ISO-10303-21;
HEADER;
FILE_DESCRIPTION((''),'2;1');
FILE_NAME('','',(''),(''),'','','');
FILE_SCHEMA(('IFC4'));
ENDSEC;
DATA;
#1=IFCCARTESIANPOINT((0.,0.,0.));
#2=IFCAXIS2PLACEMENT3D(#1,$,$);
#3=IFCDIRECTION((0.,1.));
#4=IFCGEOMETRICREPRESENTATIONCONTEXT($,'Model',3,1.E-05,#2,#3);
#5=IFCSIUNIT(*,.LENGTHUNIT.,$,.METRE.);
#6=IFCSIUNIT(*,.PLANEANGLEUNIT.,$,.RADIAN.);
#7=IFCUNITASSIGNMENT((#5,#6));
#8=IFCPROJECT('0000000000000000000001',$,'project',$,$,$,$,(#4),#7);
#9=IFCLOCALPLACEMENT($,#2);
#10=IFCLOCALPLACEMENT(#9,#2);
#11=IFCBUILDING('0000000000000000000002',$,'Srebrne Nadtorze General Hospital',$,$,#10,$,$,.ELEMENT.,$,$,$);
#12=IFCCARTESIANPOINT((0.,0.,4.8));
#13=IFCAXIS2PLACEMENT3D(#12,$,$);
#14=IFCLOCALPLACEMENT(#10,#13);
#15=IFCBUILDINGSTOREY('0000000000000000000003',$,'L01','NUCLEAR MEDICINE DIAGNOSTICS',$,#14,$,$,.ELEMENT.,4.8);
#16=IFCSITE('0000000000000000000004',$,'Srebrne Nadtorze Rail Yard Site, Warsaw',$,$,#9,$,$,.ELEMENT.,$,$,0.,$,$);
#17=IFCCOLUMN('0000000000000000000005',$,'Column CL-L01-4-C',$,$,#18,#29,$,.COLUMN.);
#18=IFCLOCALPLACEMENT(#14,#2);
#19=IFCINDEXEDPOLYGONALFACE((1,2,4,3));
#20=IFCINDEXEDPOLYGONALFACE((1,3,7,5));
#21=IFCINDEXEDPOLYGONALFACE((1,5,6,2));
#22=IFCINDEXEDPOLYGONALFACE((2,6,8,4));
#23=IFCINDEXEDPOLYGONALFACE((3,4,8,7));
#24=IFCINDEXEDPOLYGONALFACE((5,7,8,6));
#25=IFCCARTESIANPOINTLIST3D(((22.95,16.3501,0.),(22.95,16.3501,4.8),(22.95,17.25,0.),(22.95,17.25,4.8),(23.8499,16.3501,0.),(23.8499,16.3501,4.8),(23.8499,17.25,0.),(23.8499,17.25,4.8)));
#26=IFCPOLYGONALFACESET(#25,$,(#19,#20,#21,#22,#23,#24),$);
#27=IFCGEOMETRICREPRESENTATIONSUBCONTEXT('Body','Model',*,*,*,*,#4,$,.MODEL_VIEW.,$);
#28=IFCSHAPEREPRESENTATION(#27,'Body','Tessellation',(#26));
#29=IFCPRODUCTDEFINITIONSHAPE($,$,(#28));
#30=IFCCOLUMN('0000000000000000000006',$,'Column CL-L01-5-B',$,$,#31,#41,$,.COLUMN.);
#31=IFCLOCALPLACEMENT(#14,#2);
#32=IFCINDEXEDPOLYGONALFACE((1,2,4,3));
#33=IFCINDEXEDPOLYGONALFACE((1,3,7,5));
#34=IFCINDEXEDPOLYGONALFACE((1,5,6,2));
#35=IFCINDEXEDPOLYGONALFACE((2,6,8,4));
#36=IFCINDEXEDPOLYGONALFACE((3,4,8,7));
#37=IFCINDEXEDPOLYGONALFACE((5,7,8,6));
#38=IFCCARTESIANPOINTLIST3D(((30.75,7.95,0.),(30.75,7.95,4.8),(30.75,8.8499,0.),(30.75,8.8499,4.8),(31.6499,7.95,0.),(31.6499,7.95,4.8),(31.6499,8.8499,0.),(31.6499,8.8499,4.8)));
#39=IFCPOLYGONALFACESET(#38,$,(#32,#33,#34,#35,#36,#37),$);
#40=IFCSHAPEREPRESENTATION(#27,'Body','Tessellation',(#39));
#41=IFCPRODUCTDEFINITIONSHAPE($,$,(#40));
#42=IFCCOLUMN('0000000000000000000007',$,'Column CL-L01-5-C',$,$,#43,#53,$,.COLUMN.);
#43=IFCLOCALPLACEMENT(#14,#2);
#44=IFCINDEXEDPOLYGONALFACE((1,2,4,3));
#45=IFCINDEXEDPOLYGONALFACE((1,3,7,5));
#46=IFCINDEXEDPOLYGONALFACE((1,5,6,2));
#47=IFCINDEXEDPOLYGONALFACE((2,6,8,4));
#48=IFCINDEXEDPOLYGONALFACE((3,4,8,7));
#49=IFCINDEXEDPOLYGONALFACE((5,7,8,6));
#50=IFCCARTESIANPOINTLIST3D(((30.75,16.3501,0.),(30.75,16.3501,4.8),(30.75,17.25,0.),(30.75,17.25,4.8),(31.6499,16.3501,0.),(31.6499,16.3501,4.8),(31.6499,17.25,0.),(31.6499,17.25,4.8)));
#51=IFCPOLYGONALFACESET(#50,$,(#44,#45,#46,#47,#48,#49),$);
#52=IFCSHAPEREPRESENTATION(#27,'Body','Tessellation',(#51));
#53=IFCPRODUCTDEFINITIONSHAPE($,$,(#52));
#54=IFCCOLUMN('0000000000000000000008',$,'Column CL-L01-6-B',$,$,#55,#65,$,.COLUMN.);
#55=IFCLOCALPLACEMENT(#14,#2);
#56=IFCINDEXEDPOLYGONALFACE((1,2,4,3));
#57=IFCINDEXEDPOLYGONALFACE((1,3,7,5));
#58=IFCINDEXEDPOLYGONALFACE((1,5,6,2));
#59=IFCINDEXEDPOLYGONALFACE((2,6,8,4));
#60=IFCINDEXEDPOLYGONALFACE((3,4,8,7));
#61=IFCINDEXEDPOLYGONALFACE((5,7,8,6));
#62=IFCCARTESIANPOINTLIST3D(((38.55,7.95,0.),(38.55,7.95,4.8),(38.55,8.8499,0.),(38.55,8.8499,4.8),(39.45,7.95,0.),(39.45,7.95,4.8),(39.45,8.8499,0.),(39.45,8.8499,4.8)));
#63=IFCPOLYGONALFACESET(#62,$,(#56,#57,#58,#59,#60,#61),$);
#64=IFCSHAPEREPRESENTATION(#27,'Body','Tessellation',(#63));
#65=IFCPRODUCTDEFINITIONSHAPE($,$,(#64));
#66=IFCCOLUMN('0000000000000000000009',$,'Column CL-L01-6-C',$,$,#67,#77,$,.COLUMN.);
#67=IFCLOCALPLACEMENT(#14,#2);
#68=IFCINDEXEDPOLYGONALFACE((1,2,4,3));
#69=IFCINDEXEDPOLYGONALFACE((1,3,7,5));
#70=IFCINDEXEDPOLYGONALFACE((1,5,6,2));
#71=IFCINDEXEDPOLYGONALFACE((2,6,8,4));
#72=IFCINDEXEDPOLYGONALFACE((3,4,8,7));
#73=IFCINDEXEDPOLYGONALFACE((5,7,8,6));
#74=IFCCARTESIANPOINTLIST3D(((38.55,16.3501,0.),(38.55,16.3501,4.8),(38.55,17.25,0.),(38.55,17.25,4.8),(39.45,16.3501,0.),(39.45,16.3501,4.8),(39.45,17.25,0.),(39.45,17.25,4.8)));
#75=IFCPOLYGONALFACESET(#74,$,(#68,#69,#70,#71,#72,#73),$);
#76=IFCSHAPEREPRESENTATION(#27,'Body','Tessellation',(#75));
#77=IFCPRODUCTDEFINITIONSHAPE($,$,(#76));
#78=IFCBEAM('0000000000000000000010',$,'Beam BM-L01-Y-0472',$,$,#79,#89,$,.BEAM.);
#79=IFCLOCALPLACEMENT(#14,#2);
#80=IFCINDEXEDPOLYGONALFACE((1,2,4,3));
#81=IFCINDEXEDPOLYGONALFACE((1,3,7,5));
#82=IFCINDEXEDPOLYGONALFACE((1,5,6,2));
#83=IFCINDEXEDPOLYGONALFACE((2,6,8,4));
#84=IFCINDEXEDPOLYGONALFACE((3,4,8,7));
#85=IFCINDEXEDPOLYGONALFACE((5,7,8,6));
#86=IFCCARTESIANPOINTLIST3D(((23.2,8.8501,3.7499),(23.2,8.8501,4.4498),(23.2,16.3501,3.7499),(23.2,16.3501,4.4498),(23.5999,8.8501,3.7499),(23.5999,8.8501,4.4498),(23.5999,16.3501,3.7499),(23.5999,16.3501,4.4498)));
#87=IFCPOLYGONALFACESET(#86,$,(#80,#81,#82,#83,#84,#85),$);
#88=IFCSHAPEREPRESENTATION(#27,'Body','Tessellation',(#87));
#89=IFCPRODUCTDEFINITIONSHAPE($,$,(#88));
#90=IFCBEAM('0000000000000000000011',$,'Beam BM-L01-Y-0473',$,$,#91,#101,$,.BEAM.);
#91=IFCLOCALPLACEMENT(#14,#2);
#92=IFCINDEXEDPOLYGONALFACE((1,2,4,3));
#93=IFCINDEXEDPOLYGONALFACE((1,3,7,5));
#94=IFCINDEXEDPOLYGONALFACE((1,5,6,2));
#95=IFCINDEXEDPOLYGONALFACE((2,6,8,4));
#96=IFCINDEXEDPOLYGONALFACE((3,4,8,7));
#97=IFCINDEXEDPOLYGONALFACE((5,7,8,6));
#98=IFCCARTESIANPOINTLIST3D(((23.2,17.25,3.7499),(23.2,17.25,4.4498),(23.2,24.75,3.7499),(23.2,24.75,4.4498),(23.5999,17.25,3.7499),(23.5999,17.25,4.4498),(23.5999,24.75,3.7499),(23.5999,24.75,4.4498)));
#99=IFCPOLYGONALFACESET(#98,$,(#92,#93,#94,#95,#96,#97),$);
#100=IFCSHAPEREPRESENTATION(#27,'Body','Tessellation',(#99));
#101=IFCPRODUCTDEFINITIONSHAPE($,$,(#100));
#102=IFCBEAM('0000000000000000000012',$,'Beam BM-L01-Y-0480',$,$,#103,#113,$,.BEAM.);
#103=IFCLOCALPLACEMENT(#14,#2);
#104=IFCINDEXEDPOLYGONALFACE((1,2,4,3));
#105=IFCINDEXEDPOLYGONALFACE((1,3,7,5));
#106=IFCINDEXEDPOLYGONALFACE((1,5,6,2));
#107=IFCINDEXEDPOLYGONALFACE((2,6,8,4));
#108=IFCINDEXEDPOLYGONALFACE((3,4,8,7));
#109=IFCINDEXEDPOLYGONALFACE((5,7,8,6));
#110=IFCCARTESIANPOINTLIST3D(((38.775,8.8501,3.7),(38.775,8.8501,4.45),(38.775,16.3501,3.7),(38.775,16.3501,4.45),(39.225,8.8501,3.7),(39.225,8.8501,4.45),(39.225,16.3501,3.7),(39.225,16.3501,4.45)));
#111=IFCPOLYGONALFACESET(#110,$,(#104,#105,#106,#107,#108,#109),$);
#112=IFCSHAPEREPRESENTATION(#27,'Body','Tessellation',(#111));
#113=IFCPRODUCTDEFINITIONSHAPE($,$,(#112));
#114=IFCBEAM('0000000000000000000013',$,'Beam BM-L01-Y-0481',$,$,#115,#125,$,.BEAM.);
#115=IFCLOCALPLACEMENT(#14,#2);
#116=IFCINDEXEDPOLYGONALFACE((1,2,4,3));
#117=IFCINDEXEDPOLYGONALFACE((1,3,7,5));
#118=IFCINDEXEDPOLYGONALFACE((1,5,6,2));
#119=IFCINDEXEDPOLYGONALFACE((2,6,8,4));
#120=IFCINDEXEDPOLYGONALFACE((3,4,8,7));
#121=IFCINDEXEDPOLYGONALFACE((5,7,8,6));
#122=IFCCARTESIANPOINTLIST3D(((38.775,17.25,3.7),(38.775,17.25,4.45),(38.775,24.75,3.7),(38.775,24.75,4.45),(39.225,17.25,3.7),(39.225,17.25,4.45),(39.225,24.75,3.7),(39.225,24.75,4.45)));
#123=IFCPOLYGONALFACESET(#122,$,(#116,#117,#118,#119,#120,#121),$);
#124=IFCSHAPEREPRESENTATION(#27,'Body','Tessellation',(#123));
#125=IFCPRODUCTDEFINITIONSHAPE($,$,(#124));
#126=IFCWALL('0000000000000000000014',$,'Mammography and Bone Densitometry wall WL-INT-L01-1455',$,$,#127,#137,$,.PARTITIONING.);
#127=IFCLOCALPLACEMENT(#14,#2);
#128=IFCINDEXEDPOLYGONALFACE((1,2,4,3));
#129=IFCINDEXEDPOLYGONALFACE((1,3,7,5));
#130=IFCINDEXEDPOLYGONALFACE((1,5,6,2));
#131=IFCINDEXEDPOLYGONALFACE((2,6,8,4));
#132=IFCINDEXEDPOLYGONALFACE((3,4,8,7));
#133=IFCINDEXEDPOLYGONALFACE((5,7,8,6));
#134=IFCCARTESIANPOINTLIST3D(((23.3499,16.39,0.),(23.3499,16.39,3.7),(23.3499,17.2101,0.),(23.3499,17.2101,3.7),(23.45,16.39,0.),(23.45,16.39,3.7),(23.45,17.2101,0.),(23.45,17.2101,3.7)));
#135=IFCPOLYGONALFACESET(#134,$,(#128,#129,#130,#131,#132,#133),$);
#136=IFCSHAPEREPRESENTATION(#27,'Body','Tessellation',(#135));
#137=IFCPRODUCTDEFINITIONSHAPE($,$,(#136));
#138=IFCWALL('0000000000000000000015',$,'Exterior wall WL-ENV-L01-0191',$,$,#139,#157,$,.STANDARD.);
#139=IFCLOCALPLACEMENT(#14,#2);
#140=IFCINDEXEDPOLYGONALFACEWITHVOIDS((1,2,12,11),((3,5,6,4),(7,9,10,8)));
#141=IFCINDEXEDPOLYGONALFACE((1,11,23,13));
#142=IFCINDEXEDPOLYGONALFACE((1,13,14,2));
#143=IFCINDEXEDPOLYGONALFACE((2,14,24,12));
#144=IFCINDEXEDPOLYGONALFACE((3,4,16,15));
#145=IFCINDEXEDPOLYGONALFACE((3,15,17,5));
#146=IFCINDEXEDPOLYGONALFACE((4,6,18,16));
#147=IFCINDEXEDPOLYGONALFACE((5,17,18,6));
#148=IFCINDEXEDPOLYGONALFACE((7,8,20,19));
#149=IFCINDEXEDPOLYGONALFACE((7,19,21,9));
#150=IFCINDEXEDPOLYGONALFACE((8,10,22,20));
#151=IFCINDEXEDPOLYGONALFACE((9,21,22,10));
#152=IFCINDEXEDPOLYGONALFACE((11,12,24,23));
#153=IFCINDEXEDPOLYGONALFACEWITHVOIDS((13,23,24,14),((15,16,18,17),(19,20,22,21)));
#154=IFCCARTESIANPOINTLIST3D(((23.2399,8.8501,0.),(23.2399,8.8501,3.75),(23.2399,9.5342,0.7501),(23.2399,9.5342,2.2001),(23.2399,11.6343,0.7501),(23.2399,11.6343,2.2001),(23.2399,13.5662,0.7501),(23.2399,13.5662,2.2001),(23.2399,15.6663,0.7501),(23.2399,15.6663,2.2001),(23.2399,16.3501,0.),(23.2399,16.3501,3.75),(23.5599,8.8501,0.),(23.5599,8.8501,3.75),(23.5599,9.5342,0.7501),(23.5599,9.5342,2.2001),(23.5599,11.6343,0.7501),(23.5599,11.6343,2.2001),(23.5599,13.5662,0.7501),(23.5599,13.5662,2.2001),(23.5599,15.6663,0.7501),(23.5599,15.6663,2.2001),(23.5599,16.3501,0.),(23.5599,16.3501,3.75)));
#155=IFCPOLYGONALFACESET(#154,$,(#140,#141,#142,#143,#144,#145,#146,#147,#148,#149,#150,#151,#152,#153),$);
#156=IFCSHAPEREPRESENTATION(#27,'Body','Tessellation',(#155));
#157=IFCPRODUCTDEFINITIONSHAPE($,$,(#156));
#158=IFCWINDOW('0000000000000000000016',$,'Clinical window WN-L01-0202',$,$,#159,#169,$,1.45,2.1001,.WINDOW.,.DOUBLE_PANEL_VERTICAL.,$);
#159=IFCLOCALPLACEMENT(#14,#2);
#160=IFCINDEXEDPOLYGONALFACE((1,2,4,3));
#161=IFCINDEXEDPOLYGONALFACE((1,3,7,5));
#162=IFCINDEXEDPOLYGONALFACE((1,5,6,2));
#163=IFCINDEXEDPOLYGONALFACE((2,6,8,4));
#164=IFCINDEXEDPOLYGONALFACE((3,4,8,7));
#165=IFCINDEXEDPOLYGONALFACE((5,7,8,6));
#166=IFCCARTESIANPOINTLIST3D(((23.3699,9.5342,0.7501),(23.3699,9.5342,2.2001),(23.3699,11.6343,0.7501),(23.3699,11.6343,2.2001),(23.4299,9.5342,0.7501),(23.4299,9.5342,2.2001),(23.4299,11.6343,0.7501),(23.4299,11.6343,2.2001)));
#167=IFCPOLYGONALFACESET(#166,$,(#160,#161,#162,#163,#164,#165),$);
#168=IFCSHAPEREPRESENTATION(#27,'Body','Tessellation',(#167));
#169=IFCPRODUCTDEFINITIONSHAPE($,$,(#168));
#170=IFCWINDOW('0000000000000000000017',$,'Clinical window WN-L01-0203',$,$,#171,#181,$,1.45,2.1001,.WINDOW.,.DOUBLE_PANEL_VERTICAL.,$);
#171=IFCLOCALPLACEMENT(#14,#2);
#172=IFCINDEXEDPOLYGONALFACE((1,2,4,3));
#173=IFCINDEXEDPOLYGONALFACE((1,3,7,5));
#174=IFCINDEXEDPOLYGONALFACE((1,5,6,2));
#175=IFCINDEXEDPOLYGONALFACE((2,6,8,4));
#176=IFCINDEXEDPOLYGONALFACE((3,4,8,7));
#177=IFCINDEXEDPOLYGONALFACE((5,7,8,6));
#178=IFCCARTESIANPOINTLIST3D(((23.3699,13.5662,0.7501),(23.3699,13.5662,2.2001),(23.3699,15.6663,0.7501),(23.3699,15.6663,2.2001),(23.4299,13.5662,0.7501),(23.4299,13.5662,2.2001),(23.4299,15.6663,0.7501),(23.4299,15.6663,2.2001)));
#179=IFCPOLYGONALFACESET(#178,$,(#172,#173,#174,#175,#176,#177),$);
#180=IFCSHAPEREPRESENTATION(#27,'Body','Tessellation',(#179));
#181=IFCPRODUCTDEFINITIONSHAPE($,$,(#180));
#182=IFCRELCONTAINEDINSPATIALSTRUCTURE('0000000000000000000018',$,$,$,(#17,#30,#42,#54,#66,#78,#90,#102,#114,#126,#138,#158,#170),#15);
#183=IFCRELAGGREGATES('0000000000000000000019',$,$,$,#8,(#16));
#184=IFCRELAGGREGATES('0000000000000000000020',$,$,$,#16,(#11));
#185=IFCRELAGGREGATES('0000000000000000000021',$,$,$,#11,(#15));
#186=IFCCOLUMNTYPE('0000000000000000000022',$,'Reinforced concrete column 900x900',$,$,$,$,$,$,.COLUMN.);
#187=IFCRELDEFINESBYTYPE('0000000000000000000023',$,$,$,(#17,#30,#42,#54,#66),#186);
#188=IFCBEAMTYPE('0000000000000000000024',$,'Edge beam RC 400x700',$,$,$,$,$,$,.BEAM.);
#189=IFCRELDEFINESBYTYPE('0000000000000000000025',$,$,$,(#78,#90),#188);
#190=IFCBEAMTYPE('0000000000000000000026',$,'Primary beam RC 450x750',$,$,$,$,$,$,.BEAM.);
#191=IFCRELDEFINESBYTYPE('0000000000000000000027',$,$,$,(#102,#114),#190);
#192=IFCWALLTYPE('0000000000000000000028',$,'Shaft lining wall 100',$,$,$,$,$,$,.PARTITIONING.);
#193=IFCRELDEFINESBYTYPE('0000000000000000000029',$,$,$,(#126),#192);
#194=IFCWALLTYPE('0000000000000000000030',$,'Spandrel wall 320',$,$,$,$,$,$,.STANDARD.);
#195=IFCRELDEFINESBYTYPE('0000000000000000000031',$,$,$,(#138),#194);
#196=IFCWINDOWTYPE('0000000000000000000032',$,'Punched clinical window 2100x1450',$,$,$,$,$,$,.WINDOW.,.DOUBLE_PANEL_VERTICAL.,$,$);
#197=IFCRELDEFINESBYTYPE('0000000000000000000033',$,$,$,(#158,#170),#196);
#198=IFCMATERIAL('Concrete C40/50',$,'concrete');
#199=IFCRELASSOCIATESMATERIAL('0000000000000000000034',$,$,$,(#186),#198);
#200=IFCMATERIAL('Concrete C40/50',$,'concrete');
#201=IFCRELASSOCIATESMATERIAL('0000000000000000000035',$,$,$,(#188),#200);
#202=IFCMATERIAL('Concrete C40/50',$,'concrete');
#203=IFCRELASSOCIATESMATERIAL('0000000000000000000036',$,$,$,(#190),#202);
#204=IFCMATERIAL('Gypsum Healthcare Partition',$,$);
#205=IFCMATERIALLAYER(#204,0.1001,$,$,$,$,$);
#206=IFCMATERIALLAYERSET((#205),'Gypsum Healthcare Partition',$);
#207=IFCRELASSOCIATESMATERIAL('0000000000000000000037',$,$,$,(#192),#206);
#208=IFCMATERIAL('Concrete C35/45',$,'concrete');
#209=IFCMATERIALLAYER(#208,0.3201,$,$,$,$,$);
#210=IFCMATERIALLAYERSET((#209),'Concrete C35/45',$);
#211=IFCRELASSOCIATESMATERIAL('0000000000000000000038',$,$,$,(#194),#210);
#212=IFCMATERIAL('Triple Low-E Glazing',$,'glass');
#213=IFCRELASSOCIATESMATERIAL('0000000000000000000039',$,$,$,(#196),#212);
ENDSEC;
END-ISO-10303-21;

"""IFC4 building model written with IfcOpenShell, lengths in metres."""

from ifc_helpers import new_model, si_unit, direction, frame, frame_2d, origin, origin_2d, place, context, subcontext, project, spatial, rectangle, extrude, material, layer, layer_set, material_profile, profile_set, type_object, element, fill, save


model = new_model("IFC4")

# Units and contexts
model_context = context("Model", 3, precision=1e-05, world=origin(), true_north=direction((0.0, 1.0)))
body_context = subcontext(model_context, "Body", "Model", "MODEL_VIEW")
ifc_project = project(units=[si_unit("LENGTHUNIT", "METRE"), si_unit("PLANEANGLEUNIT", "RADIAN")], contexts=[model_context])

# Site, building, storey
site_placement = place(None, origin())
site = spatial("IfcSite", under=ifc_project, at=site_placement, Name="Srebrne Nadtorze Rail Yard Site, Warsaw", CompositionType="ELEMENT", RefElevation=0.0)
building_placement = place(site_placement, origin())
building = spatial("IfcBuilding", under=site, at=building_placement, Name="Srebrne Nadtorze General Hospital", CompositionType="ELEMENT")
storey_placement = place(building_placement, frame((0.0, 0.0, 4.8)))
storey = spatial("IfcBuildingStorey", under=building, at=storey_placement, Name="L01", Description="NUCLEAR MEDICINE DIAGNOSTICS", CompositionType="ELEMENT", Elevation=4.8)

# Columns
ifc_material_1 = material(Name="Concrete C40/50", Category="concrete")
ifc_material_profile_1 = material_profile(ifc_material_1, rectangle(XDim=0.8999, YDim=0.8999, at=origin_2d()), Name="RC-COL-900x900")
ifc_profile_set_1 = profile_set([ifc_material_profile_1], Name="Concrete C40/50")
column_type = type_object("IfcColumnType", Name="Reinforced concrete column 900x900", PredefinedType="COLUMN", material=ifc_profile_set_1)
for number, where, z_axis, x_axis, name in (
    (1, (23.3999, 16.8, 0.0), (0.0, 0.0, 1.0), (1.0, 0.0, 0.0), "Column CL-L01-4-C"),
    (2, (31.2, 8.3999, 0.0), (0.0, 0.0, 1.0), (1.0, 0.0, 0.0), "Column CL-L01-5-B"),
    (3, (31.2, 16.8, 0.0), (0.0, 0.0, 1.0), (1.0, 0.0, 0.0), "Column CL-L01-5-C"),
    (4, (39.0, 8.3999, 0.0), (0.0, 0.0, 1.0), (1.0, 0.0, 0.0), "Column CL-L01-6-B"),
    (5, (39.0, 16.8, 0.0), (0.0, 0.0, 1.0), (1.0, 0.0, 0.0), "Column CL-L01-6-C"),
):
    element("IfcColumn", number, at=place(storey_placement, frame(where, z_axis=z_axis, x_axis=x_axis)), inside=storey, type_object=column_type, Name=name, PredefinedType="COLUMN", context=body_context, shape_type="SweptSolid", body=[
        extrude(rectangle(XDim=0.8999, YDim=0.8999, at=origin_2d()), origin(), (0.0, 0.0, 1.0), 4.8),
    ])

# Beams
ifc_material_2 = material(Name="Concrete C40/50", Category="concrete")
ifc_material_profile_2 = material_profile(ifc_material_2, rectangle(XDim=0.3999, YDim=0.7, at=origin_2d()), Name="RC-BM-400x700")
ifc_profile_set_2 = profile_set([ifc_material_profile_2], Name="Concrete C40/50")
beam_type_1 = type_object("IfcBeamType", Name="Edge beam RC 400x700", PredefinedType="BEAM", material=ifc_profile_set_2)
for number, where, z_axis, x_axis, name in (
    (6, (23.3999, 8.8501, 4.0999), (0.0, 1.0, 0.0), (-1.0, 0.0, 0.0), "Beam BM-L01-Y-0472"),
    (7, (23.3999, 17.25, 4.0999), (0.0, 1.0, 0.0), (-1.0, 0.0, 0.0), "Beam BM-L01-Y-0473"),
):
    element("IfcBeam", number, at=place(storey_placement, frame(where, z_axis=z_axis, x_axis=x_axis)), inside=storey, type_object=beam_type_1, Name=name, PredefinedType="BEAM", context=body_context, shape_type="SweptSolid", body=[
        extrude(rectangle(XDim=0.3999, YDim=0.7, at=origin_2d()), origin(), (0.0, 0.0, 1.0), 7.5),
    ])
ifc_material_3 = material(Name="Concrete C40/50", Category="concrete")
ifc_material_profile_3 = material_profile(ifc_material_3, rectangle(XDim=0.45, YDim=0.75, at=origin_2d()), Name="RC-BM-450x750")
ifc_profile_set_3 = profile_set([ifc_material_profile_3], Name="Concrete C40/50")
beam_type_2 = type_object("IfcBeamType", Name="Primary beam RC 450x750", PredefinedType="BEAM", material=ifc_profile_set_3)
for number, where, z_axis, x_axis, name in (
    (8, (39.0, 8.8501, 4.075), (0.0, 1.0, 0.0), (-1.0, 0.0, 0.0), "Beam BM-L01-Y-0480"),
    (9, (39.0, 17.25, 4.075), (0.0, 1.0, 0.0), (-1.0, 0.0, 0.0), "Beam BM-L01-Y-0481"),
):
    element("IfcBeam", number, at=place(storey_placement, frame(where, z_axis=z_axis, x_axis=x_axis)), inside=storey, type_object=beam_type_2, Name=name, PredefinedType="BEAM", context=body_context, shape_type="SweptSolid", body=[
        extrude(rectangle(XDim=0.45, YDim=0.75, at=origin_2d()), origin(), (0.0, 0.0, 1.0), 7.5),
    ])

# Wall
ifc_material_4 = material(Name="Gypsum Healthcare Partition")
ifc_layer_1 = layer(ifc_material_4, 0.1001)
ifc_layer_set_1 = layer_set([ifc_layer_1], Name="Gypsum Healthcare Partition")
wall_type_1 = type_object("IfcWallType", Name="Shaft lining wall 100", PredefinedType="PARTITIONING", material=ifc_layer_set_1)
wall_1_placement = place(storey_placement, frame((23.3999, 16.3899, 0.0), z_axis=(0.0, 0.0, 1.0), x_axis=(0.0, 1.0, 0.0)))
element("IfcWall", 10, at=wall_1_placement, inside=storey, type_object=wall_type_1, Name="Mammography and Bone Densitometry wall WL-INT-L01-1455", PredefinedType="PARTITIONING", context=body_context, shape_type="SweptSolid", body=[
    extrude(rectangle(XDim=0.8201, YDim=0.1001, at=frame_2d((0.4102, 0.0))), origin(), (0.0, 0.0, 1.0), 3.7),
])

# Wall, openings, windows
ifc_material_5 = material(Name="Concrete C35/45", Category="concrete")
ifc_layer_2 = layer(ifc_material_5, 0.3201)
ifc_layer_set_2 = layer_set([ifc_layer_2], Name="Concrete C35/45")
wall_type_2 = type_object("IfcWallType", Name="Spandrel wall 320", PredefinedType="STANDARD", material=ifc_layer_set_2)
wall_2_placement = place(storey_placement, frame((23.3999, 8.8501, 0.0), z_axis=(0.0, 0.0, 1.0), x_axis=(0.0, 1.0, 0.0)))
wall_2 = element("IfcWall", 11, at=wall_2_placement, inside=storey, type_object=wall_type_2, Name="Exterior wall WL-ENV-L01-0191", PredefinedType="STANDARD", context=body_context, shape_type="SweptSolid", body=[
    extrude(rectangle(XDim=7.5, YDim=0.3201, at=frame_2d((3.75, 0.0))), origin(), (0.0, 0.0, 1.0), 3.75),
])
opening_1_placement = place(wall_2_placement, frame((0.6841, 0.0, 0.75)))
opening_1 = element("IfcOpeningElement", 12, at=opening_1_placement, cuts=wall_2, PredefinedType="OPENING", context=body_context, shape_type="SweptSolid", body=[
    extrude(rectangle(XDim=2.1001, YDim=1.45, at=frame_2d((1.05, 0.7251))), frame((0.0, 0.1719, 0.0), z_axis=(0.0, -1.0, 0.0), x_axis=(1.0, 0.0, 0.0)), (0.0, 0.0, 1.0), 0.344),
])
opening_2_placement = place(wall_2_placement, frame((4.7161, 0.0, 0.75)))
opening_2 = element("IfcOpeningElement", 13, at=opening_2_placement, cuts=wall_2, PredefinedType="OPENING", context=body_context, shape_type="SweptSolid", body=[
    extrude(rectangle(XDim=2.1001, YDim=1.45, at=frame_2d((1.05, 0.7251))), frame((0.0, 0.1719, 0.0), z_axis=(0.0, -1.0, 0.0), x_axis=(1.0, 0.0, 0.0)), (0.0, 0.0, 1.0), 0.344),
])
ifc_material_6 = material(Name="Triple Low-E Glazing", Category="glass")
window_type_1 = type_object("IfcWindowType", Name="Punched clinical window 2100x1450", PartitioningType="DOUBLE_PANEL_VERTICAL", PredefinedType="WINDOW", material=ifc_material_6)
window_1_placement = place(opening_1_placement, origin())
window_1 = element("IfcWindow", 14, at=window_1_placement, inside=storey, type_object=window_type_1, Name="Clinical window WN-L01-0202", OverallHeight=1.45, OverallWidth=2.1001, PartitioningType="DOUBLE_PANEL_VERTICAL", PredefinedType="WINDOW", context=body_context, shape_type="SweptSolid", body=[
    extrude(rectangle(XDim=2.1001, YDim=1.45, at=frame_2d((1.05, 0.7251))), frame((0.0, 0.03, 0.0), z_axis=(0.0, -1.0, 0.0), x_axis=(1.0, 0.0, 0.0)), (0.0, 0.0, 1.0), 0.0601),
])
fill(opening_1, window_1)
window_2_placement = place(opening_2_placement, origin())
window_2 = element("IfcWindow", 15, at=window_2_placement, inside=storey, type_object=window_type_1, Name="Clinical window WN-L01-0203", OverallHeight=1.45, OverallWidth=2.1001, PartitioningType="DOUBLE_PANEL_VERTICAL", PredefinedType="WINDOW", context=body_context, shape_type="SweptSolid", body=[
    extrude(rectangle(XDim=2.1001, YDim=1.45, at=frame_2d((1.05, 0.7251))), frame((0.0, 0.03, 0.0), z_axis=(0.0, -1.0, 0.0), x_axis=(1.0, 0.0, 0.0)), (0.0, 0.0, 1.0), 0.0601),
])
fill(opening_2, window_2)

save(model, "model.ifc")
